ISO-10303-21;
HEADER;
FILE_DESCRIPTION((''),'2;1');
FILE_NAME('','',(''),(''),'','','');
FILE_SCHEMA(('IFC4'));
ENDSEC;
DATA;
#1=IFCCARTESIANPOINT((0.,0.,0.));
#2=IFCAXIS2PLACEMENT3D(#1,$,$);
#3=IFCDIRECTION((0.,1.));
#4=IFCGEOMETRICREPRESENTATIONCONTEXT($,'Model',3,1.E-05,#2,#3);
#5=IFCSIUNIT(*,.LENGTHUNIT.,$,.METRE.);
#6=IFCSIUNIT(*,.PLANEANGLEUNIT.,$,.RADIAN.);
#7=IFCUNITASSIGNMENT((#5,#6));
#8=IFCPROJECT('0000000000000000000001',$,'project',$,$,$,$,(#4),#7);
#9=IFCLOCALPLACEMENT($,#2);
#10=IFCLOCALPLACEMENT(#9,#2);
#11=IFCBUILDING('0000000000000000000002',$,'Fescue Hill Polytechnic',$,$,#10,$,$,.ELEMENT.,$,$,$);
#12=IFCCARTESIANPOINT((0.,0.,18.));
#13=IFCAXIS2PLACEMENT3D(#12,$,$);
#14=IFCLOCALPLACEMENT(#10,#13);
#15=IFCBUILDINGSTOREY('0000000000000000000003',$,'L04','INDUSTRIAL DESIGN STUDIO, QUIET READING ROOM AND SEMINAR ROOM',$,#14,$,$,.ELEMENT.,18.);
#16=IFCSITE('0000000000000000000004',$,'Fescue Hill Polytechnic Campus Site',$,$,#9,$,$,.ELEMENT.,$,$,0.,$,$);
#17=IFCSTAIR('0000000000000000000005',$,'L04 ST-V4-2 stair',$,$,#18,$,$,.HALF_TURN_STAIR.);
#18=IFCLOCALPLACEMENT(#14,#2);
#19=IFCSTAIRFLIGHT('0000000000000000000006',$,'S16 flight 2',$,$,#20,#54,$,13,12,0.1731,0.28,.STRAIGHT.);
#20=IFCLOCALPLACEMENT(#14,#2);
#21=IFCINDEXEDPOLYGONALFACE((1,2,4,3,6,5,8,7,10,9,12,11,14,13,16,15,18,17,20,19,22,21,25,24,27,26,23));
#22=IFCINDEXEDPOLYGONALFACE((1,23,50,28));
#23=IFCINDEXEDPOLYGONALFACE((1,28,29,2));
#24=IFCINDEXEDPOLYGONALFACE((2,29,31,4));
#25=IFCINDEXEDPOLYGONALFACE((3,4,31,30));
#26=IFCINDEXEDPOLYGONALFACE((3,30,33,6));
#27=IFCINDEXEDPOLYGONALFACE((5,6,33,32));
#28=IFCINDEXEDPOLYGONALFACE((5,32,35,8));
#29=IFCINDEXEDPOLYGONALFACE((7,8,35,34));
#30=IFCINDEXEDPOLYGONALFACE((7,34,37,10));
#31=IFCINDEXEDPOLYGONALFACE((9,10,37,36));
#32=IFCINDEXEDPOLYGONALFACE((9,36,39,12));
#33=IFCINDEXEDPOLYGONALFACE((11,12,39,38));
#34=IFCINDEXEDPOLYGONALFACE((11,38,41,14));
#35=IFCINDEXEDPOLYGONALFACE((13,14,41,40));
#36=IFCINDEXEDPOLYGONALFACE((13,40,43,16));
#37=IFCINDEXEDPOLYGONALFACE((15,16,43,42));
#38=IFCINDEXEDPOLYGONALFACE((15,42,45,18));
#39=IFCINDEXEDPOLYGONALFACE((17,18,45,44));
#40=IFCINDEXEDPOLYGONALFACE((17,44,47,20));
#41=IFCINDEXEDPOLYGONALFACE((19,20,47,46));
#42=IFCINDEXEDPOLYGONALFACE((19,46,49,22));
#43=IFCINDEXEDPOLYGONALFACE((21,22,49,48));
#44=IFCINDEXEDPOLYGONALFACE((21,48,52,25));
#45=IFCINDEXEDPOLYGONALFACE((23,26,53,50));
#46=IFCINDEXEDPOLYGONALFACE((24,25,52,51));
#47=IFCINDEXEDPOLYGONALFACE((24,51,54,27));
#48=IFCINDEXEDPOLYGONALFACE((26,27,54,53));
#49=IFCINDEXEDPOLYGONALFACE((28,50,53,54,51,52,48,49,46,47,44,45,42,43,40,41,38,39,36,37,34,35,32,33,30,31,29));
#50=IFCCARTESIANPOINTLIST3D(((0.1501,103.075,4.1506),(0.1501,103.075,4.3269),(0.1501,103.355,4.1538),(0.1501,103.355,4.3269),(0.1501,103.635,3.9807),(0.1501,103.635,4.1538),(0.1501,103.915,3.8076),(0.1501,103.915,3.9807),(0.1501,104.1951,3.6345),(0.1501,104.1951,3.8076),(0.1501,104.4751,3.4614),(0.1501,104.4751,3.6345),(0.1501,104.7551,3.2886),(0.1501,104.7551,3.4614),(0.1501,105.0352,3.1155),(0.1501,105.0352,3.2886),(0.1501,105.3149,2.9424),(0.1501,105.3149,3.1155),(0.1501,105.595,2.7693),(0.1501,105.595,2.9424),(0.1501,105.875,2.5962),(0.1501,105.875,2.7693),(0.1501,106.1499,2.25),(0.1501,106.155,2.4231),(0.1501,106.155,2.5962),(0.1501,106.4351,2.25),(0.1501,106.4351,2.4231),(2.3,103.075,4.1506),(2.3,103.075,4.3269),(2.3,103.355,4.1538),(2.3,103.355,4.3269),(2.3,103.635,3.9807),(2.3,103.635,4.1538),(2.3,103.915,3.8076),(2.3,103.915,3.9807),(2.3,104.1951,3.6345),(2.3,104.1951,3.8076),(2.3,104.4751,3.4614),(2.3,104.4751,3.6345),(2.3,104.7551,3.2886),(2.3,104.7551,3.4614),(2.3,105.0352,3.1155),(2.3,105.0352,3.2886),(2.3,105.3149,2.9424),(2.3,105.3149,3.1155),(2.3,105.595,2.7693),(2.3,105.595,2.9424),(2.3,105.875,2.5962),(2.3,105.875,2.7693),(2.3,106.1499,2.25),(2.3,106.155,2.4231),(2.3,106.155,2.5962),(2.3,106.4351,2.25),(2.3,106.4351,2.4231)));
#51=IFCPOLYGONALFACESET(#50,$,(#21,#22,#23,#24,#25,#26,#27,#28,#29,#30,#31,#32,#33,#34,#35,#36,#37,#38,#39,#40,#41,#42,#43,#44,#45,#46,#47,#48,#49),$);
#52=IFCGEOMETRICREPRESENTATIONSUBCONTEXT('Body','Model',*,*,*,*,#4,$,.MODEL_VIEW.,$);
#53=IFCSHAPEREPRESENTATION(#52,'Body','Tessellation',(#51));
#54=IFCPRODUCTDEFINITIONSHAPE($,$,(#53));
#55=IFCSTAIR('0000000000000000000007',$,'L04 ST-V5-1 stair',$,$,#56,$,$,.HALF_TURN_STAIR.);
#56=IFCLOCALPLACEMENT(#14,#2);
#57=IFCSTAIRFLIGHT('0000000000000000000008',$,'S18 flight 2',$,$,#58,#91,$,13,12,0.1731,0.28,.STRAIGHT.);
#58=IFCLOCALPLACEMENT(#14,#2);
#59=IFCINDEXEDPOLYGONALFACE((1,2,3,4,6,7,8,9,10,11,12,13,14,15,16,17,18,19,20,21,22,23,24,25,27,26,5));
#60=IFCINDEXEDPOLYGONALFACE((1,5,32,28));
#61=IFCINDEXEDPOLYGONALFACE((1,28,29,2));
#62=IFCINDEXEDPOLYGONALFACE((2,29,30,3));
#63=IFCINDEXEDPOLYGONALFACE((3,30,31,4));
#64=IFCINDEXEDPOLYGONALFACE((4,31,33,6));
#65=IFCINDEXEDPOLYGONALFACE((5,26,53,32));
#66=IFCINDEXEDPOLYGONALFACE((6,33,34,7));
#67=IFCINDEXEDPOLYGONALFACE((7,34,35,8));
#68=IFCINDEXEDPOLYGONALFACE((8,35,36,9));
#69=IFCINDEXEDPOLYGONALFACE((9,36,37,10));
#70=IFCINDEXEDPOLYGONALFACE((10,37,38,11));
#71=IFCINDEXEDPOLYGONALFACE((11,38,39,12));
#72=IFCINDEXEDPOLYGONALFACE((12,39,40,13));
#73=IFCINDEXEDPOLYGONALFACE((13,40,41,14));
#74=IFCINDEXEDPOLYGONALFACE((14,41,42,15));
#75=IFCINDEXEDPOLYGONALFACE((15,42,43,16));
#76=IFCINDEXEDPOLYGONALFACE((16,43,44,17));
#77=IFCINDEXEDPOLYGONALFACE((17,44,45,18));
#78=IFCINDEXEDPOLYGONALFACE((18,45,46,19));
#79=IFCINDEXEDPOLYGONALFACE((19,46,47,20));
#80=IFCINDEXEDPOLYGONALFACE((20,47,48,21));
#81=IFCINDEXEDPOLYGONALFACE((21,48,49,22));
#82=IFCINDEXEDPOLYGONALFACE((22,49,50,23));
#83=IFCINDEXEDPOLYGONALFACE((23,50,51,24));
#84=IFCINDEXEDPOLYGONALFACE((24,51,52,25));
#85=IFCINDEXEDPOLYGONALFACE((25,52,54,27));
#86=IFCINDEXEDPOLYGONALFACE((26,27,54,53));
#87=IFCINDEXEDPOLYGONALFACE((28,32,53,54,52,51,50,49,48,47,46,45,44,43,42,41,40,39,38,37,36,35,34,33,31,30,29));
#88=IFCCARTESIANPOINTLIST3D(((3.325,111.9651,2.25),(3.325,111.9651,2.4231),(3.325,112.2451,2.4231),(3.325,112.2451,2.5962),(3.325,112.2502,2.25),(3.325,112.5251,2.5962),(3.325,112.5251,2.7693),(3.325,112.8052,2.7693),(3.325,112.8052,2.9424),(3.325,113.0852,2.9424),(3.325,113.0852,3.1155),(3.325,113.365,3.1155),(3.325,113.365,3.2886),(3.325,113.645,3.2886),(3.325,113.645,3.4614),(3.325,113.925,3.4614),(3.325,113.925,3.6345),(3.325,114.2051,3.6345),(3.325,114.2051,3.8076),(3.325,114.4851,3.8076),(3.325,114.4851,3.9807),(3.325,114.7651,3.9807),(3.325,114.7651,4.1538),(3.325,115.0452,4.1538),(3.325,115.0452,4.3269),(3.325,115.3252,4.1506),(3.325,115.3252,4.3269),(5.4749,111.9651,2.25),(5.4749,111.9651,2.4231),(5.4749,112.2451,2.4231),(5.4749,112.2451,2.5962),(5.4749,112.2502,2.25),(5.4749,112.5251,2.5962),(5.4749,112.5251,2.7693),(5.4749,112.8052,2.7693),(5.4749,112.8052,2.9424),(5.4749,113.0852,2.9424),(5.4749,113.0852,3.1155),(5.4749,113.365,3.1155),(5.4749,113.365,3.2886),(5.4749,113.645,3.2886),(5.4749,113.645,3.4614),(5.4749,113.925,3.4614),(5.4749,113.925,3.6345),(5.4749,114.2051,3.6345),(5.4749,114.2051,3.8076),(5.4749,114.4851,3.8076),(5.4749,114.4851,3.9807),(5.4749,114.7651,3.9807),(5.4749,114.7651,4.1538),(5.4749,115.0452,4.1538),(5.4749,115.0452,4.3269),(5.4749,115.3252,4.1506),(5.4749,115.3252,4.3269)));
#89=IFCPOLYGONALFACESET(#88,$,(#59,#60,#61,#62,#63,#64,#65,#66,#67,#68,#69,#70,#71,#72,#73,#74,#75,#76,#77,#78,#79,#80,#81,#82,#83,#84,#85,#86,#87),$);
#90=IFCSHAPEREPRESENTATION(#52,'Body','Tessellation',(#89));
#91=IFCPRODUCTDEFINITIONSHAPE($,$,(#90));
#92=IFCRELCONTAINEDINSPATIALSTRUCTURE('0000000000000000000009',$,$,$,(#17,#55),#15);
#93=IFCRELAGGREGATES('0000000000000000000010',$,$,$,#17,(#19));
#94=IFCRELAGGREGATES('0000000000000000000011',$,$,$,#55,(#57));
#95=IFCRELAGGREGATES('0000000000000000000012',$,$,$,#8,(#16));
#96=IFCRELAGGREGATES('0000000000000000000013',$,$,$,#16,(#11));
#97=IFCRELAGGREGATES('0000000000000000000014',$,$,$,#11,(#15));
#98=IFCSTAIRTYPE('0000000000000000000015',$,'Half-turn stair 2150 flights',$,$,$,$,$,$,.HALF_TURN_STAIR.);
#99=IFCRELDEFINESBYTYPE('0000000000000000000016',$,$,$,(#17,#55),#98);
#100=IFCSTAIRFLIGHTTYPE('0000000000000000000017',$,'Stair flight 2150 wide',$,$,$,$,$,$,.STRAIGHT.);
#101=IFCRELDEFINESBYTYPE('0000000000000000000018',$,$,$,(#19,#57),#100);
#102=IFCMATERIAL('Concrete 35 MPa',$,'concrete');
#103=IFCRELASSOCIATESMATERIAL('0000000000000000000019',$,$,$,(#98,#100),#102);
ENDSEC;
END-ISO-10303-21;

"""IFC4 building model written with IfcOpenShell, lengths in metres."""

from ifc_helpers import new_model, si_unit, direction, frame, origin, place, context, subcontext, project, spatial, polyline, outline, extrude, material, type_object, element, aggregate, save


model = new_model("IFC4")

# Units and contexts
model_context = context("Model", 3, precision=1e-05, world=origin(), true_north=direction((0.0, 1.0)))
body_context = subcontext(model_context, "Body", "Model", "MODEL_VIEW")
ifc_project = project(units=[si_unit("LENGTHUNIT", "METRE"), si_unit("PLANEANGLEUNIT", "RADIAN")], contexts=[model_context])

# Site, building, storey
site_placement = place(None, origin())
site = spatial("IfcSite", under=ifc_project, at=site_placement, Name="Fescue Hill Polytechnic Campus Site", CompositionType="ELEMENT", RefElevation=0.0)
building_placement = place(site_placement, origin())
building = spatial("IfcBuilding", under=site, at=building_placement, Name="Fescue Hill Polytechnic", CompositionType="ELEMENT")
storey_placement = place(building_placement, frame((0.0, 0.0, 18.0)))
storey = spatial("IfcBuildingStorey", under=building, at=storey_placement, Name="L04", Description="INDUSTRIAL DESIGN STUDIO, QUIET READING ROOM AND SEMINAR ROOM", CompositionType="ELEMENT", Elevation=18.0)

# Shared definitions
ifc_material_1 = material(Name="Concrete 35 MPa", Category="concrete")

# Stair, stair flight
stair_type = type_object("IfcStairType", Name="Half-turn stair 2150 flights", PredefinedType="HALF_TURN_STAIR", material=ifc_material_1)
stair_1_placement = place(storey_placement, origin())
stair_1 = element("IfcStair", 1, at=stair_1_placement, inside=storey, type_object=stair_type, Name="L04 ST-V4-2 stair", PredefinedType="HALF_TURN_STAIR")
stair_flight_type = type_object("IfcStairFlightType", Name="Stair flight 2150 wide", PredefinedType="STRAIGHT", material=ifc_material_1)
stair_flight_1_placement = place(storey_placement, frame((1.2251, 106.4351, 2.25), z_axis=(0.0, 0.0, 1.0), x_axis=(0.0, -1.0, 0.0)))
stair_flight_1 = element("IfcStairFlight", 2, at=stair_flight_1_placement, type_object=stair_flight_type, Name="S16 flight 2", NumberOfRisers=13, NumberOfTreads=12, PredefinedType="STRAIGHT", RiserHeight=0.1731, TreadLength=0.28, context=body_context, shape_type="SweptSolid", body=[
    extrude(outline(polyline([(0.0, 0.0), (0.0, 0.1731), (0.28, 0.1731), (0.28, 0.3462), (0.5601, 0.3462), (0.5601, 0.5193), (0.8401, 0.5193), (0.8401, 0.6924), (1.1201, 0.6924), (1.1201, 0.8655), (1.3999, 0.8655), (1.3999, 1.0386), (1.6799, 1.0386), (1.6799, 1.2114), (1.96, 1.2114), (1.96, 1.3845), (2.24, 1.3845), (2.24, 1.5576), (2.52, 1.5576), (2.52, 1.7307), (2.8, 1.7307), (2.8, 1.9038), (3.0801, 1.9038), (3.0801, 2.0769), (3.3601, 2.0769), (3.3601, 2.25), (3.3601, 1.9006), (0.2852, 0.0), (0.0, 0.0)])), frame((0.0, 1.075, 0.0), z_axis=(0.0, -1.0, 0.0), x_axis=(1.0, 0.0, 0.0)), (0.0, 0.0, 1.0), 2.1499),
])
aggregate(stair_1, [stair_flight_1])

# Stair, stair flight
stair_2_placement = place(storey_placement, origin())
stair_2 = element("IfcStair", 3, at=stair_2_placement, inside=storey, type_object=stair_type, Name="L04 ST-V5-1 stair", PredefinedType="HALF_TURN_STAIR")
stair_flight_2_placement = place(storey_placement, frame((4.3999, 111.9651, 2.25), z_axis=(0.0, 0.0, 1.0), x_axis=(0.0, 1.0, 0.0)))
stair_flight_2 = element("IfcStairFlight", 4, at=stair_flight_2_placement, type_object=stair_flight_type, Name="S18 flight 2", NumberOfRisers=13, NumberOfTreads=12, PredefinedType="STRAIGHT", RiserHeight=0.1731, TreadLength=0.28, context=body_context, shape_type="SweptSolid", body=[
    extrude(outline(polyline([(0.0, 0.0), (0.0, 0.1731), (0.28, 0.1731), (0.28, 0.3462), (0.5601, 0.3462), (0.5601, 0.5193), (0.8401, 0.5193), (0.8401, 0.6924), (1.1201, 0.6924), (1.1201, 0.8655), (1.3999, 0.8655), (1.3999, 1.0386), (1.6799, 1.0386), (1.6799, 1.2114), (1.96, 1.2114), (1.96, 1.3845), (2.24, 1.3845), (2.24, 1.5576), (2.52, 1.5576), (2.52, 1.7307), (2.8, 1.7307), (2.8, 1.9038), (3.0801, 1.9038), (3.0801, 2.0769), (3.3601, 2.0769), (3.3601, 2.25), (3.3601, 1.9006), (0.2852, 0.0), (0.0, 0.0)])), frame((0.0, 1.075, 0.0), z_axis=(0.0, -1.0, 0.0), x_axis=(1.0, 0.0, 0.0)), (0.0, 0.0, 1.0), 2.1499),
])
aggregate(stair_2, [stair_flight_2])

save(model, "model.ifc")
